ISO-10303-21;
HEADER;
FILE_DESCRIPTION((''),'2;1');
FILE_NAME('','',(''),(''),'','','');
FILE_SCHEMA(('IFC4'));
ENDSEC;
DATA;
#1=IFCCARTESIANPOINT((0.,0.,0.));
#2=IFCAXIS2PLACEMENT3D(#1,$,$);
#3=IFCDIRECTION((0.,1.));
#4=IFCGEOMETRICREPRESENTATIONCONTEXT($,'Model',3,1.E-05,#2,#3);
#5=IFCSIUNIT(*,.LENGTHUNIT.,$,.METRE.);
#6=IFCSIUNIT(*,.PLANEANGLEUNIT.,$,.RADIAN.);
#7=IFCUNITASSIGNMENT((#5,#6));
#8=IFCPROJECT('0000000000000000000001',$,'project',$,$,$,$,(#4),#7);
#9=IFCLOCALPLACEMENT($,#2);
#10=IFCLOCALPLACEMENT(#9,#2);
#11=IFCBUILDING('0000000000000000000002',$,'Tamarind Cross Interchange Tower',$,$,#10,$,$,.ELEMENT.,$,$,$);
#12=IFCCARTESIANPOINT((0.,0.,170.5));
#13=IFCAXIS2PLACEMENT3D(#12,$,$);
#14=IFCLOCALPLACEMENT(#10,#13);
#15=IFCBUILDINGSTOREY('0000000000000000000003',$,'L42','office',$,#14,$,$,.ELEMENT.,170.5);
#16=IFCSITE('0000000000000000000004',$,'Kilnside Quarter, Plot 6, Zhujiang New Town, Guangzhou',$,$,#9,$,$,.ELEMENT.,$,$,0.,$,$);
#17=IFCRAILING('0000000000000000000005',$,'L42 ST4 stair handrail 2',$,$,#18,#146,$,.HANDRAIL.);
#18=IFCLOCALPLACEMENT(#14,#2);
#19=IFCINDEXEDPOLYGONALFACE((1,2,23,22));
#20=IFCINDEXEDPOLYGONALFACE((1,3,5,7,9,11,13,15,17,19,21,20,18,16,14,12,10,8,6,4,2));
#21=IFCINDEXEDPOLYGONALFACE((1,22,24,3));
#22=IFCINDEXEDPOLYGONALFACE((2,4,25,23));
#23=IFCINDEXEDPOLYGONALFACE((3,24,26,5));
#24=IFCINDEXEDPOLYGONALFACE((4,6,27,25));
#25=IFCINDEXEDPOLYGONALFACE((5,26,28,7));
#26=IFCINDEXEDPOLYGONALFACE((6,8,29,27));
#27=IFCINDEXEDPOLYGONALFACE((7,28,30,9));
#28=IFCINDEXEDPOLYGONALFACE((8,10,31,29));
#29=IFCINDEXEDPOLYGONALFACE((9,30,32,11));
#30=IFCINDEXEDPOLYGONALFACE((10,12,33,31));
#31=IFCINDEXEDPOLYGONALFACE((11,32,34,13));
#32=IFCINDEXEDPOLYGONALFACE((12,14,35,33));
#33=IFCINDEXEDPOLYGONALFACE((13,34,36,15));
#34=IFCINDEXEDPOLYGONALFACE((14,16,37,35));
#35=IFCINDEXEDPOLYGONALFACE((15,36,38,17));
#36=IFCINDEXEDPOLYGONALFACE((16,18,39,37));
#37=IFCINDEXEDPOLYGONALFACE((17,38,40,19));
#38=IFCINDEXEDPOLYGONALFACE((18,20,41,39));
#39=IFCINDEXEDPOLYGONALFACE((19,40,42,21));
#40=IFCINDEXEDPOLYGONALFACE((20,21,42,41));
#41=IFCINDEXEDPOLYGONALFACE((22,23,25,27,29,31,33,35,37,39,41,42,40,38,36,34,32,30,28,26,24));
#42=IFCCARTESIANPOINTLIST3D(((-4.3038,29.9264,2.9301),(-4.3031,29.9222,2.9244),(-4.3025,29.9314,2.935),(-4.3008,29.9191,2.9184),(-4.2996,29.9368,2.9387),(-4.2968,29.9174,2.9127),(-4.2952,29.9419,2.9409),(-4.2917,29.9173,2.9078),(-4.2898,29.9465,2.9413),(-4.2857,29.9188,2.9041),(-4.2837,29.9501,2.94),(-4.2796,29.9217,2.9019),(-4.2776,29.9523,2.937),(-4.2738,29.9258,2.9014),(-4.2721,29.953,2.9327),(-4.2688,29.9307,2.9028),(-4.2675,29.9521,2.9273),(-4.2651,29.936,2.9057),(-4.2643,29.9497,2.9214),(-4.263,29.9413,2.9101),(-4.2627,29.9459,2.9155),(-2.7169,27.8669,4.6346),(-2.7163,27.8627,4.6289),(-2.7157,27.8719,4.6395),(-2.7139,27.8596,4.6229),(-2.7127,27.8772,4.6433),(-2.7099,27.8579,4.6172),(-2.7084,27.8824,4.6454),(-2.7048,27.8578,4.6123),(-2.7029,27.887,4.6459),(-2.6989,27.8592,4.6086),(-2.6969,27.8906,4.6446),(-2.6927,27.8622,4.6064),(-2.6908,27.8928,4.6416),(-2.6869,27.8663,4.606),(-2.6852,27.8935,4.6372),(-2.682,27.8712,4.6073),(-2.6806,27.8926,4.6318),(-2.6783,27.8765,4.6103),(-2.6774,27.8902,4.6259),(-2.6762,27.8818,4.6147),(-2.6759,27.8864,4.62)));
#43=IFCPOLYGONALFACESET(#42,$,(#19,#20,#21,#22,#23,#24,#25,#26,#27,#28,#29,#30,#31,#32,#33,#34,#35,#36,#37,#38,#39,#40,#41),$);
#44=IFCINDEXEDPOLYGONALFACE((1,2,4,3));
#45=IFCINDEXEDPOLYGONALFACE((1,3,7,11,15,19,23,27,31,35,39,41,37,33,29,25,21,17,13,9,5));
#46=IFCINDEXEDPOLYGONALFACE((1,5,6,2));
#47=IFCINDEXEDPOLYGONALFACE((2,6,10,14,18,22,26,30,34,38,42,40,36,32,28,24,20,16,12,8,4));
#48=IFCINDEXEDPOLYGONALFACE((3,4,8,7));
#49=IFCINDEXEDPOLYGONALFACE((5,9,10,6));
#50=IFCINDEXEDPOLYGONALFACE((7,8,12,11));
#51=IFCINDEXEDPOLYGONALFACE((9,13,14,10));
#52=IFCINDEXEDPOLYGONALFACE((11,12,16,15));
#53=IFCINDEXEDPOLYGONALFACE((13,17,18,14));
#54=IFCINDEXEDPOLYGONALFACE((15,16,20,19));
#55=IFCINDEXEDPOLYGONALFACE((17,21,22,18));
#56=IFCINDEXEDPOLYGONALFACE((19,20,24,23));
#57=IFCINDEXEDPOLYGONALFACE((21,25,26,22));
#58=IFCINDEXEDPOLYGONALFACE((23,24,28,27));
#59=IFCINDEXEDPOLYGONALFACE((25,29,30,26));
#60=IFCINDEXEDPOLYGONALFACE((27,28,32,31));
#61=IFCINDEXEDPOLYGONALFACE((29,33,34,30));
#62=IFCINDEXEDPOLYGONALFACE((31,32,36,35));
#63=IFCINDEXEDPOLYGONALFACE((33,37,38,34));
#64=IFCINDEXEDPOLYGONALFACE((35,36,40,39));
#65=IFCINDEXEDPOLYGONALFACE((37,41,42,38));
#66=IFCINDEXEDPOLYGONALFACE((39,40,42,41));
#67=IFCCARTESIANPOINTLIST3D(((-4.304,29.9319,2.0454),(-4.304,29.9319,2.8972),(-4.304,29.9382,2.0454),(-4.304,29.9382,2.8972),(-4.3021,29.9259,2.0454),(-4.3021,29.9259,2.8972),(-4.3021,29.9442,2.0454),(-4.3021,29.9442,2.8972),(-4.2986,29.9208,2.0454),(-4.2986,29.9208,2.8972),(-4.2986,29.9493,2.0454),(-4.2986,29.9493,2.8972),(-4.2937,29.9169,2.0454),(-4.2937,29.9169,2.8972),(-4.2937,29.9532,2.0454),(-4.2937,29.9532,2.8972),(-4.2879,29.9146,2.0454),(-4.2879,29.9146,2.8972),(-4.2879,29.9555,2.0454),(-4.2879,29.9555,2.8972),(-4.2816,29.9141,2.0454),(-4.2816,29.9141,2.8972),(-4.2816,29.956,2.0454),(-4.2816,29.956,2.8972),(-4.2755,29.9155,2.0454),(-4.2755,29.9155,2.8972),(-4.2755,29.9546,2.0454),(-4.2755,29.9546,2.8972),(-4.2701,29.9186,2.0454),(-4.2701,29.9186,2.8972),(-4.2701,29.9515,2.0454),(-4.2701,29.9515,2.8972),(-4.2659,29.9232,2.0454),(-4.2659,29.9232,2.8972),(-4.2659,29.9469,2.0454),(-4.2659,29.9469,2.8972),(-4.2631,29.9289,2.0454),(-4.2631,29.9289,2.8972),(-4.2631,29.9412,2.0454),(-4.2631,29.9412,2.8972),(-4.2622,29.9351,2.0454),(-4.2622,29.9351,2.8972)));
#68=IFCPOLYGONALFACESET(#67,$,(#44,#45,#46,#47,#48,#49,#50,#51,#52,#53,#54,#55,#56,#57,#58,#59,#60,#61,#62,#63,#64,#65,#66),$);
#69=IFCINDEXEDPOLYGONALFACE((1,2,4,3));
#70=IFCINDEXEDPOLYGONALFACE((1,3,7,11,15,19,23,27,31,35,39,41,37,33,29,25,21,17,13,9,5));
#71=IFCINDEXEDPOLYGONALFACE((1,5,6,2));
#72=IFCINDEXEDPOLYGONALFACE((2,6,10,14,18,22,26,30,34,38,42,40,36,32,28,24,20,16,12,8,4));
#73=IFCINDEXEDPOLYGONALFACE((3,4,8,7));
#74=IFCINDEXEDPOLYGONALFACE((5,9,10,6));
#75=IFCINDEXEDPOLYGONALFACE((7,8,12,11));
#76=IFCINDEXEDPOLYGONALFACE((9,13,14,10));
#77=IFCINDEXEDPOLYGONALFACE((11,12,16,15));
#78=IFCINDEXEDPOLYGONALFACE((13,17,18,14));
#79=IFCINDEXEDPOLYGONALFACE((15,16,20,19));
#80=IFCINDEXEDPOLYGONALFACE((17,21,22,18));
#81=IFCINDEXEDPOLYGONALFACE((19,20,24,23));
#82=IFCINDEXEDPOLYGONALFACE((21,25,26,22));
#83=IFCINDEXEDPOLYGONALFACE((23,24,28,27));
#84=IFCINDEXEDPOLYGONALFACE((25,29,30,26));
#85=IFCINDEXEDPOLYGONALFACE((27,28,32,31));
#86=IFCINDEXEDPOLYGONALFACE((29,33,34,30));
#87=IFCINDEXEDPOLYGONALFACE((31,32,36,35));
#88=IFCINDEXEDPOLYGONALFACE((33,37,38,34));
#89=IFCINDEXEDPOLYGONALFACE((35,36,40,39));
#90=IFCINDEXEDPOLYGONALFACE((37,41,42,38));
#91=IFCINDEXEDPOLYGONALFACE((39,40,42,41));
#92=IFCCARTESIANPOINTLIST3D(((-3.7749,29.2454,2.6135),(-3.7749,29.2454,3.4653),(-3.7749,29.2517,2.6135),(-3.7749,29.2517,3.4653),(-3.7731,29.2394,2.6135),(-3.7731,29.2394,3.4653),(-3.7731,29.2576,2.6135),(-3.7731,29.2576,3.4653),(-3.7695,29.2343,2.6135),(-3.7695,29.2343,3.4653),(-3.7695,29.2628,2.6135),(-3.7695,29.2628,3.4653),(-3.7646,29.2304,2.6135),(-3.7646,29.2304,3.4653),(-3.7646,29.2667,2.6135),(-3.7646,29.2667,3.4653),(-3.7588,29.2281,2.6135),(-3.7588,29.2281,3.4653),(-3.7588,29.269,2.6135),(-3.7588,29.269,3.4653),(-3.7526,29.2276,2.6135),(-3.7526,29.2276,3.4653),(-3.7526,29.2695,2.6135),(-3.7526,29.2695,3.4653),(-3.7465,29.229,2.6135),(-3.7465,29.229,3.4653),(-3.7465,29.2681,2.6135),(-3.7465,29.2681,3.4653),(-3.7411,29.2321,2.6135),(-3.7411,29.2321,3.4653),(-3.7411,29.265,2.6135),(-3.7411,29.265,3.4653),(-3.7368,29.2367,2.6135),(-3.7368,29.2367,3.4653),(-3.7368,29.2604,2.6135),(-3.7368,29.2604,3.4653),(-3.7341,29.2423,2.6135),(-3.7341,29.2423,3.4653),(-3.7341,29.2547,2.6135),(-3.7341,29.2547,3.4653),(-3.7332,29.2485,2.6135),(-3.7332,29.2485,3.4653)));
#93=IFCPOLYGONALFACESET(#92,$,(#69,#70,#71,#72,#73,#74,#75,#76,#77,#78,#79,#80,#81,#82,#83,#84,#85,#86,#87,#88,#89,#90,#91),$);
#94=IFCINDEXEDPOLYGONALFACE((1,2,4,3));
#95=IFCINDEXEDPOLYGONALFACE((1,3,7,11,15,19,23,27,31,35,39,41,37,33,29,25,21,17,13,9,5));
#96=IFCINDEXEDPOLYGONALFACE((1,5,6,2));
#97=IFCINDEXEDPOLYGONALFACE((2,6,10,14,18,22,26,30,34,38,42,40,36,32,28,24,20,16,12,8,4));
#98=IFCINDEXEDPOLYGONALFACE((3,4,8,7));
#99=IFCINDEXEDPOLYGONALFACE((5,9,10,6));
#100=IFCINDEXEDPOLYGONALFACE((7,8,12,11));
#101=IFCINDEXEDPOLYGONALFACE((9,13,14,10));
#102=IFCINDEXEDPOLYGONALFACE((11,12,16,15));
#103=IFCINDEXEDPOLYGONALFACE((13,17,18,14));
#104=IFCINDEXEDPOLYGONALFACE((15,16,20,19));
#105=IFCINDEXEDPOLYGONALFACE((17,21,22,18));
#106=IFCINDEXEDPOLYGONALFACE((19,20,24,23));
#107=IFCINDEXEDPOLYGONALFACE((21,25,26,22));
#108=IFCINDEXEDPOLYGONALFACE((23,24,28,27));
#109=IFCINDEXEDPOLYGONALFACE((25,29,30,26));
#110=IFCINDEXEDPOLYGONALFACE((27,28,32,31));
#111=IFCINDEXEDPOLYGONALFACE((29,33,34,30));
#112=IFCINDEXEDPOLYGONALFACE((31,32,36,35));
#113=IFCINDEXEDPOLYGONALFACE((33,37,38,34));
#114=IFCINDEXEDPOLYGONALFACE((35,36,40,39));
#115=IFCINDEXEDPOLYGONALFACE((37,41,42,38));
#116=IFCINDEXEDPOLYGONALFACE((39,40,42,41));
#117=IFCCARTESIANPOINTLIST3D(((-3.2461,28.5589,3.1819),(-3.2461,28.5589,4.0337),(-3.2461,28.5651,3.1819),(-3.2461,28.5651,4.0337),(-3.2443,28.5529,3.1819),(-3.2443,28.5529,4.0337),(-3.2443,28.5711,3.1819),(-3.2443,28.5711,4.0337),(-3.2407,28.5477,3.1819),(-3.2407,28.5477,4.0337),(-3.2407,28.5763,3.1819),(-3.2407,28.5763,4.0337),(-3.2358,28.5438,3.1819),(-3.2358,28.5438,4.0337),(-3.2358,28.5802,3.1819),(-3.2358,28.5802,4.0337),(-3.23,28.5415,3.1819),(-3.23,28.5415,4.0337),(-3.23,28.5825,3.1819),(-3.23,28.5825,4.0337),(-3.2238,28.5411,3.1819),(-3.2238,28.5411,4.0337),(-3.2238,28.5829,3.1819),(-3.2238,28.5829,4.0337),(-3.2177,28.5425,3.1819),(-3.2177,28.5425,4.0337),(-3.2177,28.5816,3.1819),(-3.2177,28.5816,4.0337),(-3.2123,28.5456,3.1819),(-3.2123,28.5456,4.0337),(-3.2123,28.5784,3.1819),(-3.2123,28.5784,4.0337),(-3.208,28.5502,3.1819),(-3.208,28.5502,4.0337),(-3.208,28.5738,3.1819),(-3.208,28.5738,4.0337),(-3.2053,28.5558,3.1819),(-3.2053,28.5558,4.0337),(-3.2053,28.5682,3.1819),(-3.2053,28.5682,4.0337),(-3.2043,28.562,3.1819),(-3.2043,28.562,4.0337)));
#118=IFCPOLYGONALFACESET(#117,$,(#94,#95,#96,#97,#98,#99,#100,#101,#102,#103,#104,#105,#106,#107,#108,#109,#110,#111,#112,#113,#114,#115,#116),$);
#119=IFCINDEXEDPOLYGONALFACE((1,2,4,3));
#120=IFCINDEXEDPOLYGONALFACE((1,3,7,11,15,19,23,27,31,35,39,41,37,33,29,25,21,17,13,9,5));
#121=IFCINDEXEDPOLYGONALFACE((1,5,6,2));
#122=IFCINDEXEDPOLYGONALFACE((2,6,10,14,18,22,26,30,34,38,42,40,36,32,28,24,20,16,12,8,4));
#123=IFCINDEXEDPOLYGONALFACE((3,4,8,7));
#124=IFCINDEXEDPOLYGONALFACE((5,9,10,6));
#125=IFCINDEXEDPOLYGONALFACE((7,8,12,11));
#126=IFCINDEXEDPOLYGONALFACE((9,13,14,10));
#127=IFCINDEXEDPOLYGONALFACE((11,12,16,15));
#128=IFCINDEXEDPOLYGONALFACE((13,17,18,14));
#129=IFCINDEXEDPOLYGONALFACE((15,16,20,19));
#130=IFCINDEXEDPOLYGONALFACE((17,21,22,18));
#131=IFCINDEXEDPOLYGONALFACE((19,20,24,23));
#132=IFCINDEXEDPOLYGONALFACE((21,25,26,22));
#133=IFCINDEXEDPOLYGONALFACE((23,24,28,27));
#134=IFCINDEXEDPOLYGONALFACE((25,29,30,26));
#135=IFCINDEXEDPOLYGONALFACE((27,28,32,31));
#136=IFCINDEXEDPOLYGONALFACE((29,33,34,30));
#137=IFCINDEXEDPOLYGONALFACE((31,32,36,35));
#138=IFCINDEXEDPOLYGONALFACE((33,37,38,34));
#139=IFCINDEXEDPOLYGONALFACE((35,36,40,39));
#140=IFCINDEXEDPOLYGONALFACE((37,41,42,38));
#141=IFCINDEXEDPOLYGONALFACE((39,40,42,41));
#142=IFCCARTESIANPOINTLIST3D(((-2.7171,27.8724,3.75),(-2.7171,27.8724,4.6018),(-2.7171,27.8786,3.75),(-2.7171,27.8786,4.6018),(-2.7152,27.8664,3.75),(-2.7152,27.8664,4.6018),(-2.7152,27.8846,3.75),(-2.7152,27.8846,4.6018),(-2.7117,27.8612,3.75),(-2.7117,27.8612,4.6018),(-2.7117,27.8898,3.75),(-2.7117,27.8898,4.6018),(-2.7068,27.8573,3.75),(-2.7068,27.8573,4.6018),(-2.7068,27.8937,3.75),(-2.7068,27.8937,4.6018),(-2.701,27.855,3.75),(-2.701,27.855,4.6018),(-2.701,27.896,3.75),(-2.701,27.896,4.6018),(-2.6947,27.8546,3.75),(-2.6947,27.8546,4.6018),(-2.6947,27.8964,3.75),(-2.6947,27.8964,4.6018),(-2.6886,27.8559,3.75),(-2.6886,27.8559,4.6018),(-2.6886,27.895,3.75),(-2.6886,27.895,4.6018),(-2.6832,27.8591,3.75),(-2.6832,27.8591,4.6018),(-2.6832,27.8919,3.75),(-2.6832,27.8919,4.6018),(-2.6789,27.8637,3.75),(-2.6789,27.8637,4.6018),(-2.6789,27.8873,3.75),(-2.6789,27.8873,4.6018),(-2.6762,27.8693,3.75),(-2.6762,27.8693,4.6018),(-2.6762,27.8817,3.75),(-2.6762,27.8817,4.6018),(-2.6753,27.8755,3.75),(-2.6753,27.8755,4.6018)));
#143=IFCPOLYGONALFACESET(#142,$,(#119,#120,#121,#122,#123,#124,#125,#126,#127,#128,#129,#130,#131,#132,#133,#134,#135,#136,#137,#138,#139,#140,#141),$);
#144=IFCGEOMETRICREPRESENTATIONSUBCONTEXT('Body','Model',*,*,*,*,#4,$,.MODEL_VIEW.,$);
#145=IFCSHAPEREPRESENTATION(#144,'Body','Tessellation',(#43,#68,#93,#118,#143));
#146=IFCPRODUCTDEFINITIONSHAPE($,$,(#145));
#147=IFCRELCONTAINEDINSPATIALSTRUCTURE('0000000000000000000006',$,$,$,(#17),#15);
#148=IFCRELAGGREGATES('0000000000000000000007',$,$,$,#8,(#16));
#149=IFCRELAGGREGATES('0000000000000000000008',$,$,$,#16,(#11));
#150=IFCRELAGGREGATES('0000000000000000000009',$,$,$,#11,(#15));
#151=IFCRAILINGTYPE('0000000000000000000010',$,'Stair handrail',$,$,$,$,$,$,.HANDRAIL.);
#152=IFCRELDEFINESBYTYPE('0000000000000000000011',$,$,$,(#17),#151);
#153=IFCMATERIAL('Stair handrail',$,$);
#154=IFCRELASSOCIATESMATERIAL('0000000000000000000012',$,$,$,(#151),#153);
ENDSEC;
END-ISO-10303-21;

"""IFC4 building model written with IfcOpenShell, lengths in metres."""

from ifc_helpers import new_model, si_unit, direction, frame, origin, origin_2d, place, context, subcontext, project, spatial, circle, extrude, material, type_object, element, save


model = new_model("IFC4")

# Units and contexts
model_context = context("Model", 3, precision=1e-05, world=origin(), true_north=direction((0.0, 1.0)))
body_context = subcontext(model_context, "Body", "Model", "MODEL_VIEW")
ifc_project = project(units=[si_unit("LENGTHUNIT", "METRE"), si_unit("PLANEANGLEUNIT", "RADIAN")], contexts=[model_context])

# Site, building, storey
site_placement = place(None, origin())
site = spatial("IfcSite", under=ifc_project, at=site_placement, Name="Kilnside Quarter, Plot 6, Zhujiang New Town, Guangzhou", CompositionType="ELEMENT", RefElevation=0.0)
building_placement = place(site_placement, origin())
building = spatial("IfcBuilding", under=site, at=building_placement, Name="Tamarind Cross Interchange Tower", CompositionType="ELEMENT")
storey_placement = place(building_placement, frame((0.0, 0.0, 170.5)))
storey = spatial("IfcBuildingStorey", under=building, at=storey_placement, Name="L42", Description="office", CompositionType="ELEMENT", Elevation=170.5)

# Railing
ifc_material_1 = material(Name="Stair handrail")
railing_type_1 = type_object("IfcRailingType", Name="Stair handrail", PredefinedType="HANDRAIL", material=ifc_material_1)
railing_1_placement = place(storey_placement, frame((-4.2832, 29.9351, 2.0454)))
element("IfcRailing", 1, at=railing_1_placement, inside=storey, type_object=railing_type_1, Name="L42 ST4 stair handrail 2", PredefinedType="HANDRAIL", context=body_context, shape_type="SweptSolid", body=[
    extrude(circle(Radius=0.0239, at=origin_2d()), frame((0.0, 0.0, 0.876), z_axis=(0.510429, -0.662459, 0.54828), x_axis=(0.792135, 0.610346, 0.0)), (0.0, 0.0, 1.0), 3.1089),
    extrude(circle(Radius=0.021, at=origin_2d()), origin(), (0.0, 0.0, 1.0), 0.8518),
    extrude(circle(Radius=0.021, at=origin_2d()), frame((0.5291, -0.6865, 0.5681)), (0.0, 0.0, 1.0), 0.8518),
    extrude(circle(Radius=0.021, at=origin_2d()), frame((1.0579, -1.373, 1.1365)), (0.0, 0.0, 1.0), 0.8518),
    extrude(circle(Radius=0.021, at=origin_2d()), frame((1.5869, -2.0596, 1.7046)), (0.0, 0.0, 1.0), 0.8518),
])

save(model, "model.ifc")
